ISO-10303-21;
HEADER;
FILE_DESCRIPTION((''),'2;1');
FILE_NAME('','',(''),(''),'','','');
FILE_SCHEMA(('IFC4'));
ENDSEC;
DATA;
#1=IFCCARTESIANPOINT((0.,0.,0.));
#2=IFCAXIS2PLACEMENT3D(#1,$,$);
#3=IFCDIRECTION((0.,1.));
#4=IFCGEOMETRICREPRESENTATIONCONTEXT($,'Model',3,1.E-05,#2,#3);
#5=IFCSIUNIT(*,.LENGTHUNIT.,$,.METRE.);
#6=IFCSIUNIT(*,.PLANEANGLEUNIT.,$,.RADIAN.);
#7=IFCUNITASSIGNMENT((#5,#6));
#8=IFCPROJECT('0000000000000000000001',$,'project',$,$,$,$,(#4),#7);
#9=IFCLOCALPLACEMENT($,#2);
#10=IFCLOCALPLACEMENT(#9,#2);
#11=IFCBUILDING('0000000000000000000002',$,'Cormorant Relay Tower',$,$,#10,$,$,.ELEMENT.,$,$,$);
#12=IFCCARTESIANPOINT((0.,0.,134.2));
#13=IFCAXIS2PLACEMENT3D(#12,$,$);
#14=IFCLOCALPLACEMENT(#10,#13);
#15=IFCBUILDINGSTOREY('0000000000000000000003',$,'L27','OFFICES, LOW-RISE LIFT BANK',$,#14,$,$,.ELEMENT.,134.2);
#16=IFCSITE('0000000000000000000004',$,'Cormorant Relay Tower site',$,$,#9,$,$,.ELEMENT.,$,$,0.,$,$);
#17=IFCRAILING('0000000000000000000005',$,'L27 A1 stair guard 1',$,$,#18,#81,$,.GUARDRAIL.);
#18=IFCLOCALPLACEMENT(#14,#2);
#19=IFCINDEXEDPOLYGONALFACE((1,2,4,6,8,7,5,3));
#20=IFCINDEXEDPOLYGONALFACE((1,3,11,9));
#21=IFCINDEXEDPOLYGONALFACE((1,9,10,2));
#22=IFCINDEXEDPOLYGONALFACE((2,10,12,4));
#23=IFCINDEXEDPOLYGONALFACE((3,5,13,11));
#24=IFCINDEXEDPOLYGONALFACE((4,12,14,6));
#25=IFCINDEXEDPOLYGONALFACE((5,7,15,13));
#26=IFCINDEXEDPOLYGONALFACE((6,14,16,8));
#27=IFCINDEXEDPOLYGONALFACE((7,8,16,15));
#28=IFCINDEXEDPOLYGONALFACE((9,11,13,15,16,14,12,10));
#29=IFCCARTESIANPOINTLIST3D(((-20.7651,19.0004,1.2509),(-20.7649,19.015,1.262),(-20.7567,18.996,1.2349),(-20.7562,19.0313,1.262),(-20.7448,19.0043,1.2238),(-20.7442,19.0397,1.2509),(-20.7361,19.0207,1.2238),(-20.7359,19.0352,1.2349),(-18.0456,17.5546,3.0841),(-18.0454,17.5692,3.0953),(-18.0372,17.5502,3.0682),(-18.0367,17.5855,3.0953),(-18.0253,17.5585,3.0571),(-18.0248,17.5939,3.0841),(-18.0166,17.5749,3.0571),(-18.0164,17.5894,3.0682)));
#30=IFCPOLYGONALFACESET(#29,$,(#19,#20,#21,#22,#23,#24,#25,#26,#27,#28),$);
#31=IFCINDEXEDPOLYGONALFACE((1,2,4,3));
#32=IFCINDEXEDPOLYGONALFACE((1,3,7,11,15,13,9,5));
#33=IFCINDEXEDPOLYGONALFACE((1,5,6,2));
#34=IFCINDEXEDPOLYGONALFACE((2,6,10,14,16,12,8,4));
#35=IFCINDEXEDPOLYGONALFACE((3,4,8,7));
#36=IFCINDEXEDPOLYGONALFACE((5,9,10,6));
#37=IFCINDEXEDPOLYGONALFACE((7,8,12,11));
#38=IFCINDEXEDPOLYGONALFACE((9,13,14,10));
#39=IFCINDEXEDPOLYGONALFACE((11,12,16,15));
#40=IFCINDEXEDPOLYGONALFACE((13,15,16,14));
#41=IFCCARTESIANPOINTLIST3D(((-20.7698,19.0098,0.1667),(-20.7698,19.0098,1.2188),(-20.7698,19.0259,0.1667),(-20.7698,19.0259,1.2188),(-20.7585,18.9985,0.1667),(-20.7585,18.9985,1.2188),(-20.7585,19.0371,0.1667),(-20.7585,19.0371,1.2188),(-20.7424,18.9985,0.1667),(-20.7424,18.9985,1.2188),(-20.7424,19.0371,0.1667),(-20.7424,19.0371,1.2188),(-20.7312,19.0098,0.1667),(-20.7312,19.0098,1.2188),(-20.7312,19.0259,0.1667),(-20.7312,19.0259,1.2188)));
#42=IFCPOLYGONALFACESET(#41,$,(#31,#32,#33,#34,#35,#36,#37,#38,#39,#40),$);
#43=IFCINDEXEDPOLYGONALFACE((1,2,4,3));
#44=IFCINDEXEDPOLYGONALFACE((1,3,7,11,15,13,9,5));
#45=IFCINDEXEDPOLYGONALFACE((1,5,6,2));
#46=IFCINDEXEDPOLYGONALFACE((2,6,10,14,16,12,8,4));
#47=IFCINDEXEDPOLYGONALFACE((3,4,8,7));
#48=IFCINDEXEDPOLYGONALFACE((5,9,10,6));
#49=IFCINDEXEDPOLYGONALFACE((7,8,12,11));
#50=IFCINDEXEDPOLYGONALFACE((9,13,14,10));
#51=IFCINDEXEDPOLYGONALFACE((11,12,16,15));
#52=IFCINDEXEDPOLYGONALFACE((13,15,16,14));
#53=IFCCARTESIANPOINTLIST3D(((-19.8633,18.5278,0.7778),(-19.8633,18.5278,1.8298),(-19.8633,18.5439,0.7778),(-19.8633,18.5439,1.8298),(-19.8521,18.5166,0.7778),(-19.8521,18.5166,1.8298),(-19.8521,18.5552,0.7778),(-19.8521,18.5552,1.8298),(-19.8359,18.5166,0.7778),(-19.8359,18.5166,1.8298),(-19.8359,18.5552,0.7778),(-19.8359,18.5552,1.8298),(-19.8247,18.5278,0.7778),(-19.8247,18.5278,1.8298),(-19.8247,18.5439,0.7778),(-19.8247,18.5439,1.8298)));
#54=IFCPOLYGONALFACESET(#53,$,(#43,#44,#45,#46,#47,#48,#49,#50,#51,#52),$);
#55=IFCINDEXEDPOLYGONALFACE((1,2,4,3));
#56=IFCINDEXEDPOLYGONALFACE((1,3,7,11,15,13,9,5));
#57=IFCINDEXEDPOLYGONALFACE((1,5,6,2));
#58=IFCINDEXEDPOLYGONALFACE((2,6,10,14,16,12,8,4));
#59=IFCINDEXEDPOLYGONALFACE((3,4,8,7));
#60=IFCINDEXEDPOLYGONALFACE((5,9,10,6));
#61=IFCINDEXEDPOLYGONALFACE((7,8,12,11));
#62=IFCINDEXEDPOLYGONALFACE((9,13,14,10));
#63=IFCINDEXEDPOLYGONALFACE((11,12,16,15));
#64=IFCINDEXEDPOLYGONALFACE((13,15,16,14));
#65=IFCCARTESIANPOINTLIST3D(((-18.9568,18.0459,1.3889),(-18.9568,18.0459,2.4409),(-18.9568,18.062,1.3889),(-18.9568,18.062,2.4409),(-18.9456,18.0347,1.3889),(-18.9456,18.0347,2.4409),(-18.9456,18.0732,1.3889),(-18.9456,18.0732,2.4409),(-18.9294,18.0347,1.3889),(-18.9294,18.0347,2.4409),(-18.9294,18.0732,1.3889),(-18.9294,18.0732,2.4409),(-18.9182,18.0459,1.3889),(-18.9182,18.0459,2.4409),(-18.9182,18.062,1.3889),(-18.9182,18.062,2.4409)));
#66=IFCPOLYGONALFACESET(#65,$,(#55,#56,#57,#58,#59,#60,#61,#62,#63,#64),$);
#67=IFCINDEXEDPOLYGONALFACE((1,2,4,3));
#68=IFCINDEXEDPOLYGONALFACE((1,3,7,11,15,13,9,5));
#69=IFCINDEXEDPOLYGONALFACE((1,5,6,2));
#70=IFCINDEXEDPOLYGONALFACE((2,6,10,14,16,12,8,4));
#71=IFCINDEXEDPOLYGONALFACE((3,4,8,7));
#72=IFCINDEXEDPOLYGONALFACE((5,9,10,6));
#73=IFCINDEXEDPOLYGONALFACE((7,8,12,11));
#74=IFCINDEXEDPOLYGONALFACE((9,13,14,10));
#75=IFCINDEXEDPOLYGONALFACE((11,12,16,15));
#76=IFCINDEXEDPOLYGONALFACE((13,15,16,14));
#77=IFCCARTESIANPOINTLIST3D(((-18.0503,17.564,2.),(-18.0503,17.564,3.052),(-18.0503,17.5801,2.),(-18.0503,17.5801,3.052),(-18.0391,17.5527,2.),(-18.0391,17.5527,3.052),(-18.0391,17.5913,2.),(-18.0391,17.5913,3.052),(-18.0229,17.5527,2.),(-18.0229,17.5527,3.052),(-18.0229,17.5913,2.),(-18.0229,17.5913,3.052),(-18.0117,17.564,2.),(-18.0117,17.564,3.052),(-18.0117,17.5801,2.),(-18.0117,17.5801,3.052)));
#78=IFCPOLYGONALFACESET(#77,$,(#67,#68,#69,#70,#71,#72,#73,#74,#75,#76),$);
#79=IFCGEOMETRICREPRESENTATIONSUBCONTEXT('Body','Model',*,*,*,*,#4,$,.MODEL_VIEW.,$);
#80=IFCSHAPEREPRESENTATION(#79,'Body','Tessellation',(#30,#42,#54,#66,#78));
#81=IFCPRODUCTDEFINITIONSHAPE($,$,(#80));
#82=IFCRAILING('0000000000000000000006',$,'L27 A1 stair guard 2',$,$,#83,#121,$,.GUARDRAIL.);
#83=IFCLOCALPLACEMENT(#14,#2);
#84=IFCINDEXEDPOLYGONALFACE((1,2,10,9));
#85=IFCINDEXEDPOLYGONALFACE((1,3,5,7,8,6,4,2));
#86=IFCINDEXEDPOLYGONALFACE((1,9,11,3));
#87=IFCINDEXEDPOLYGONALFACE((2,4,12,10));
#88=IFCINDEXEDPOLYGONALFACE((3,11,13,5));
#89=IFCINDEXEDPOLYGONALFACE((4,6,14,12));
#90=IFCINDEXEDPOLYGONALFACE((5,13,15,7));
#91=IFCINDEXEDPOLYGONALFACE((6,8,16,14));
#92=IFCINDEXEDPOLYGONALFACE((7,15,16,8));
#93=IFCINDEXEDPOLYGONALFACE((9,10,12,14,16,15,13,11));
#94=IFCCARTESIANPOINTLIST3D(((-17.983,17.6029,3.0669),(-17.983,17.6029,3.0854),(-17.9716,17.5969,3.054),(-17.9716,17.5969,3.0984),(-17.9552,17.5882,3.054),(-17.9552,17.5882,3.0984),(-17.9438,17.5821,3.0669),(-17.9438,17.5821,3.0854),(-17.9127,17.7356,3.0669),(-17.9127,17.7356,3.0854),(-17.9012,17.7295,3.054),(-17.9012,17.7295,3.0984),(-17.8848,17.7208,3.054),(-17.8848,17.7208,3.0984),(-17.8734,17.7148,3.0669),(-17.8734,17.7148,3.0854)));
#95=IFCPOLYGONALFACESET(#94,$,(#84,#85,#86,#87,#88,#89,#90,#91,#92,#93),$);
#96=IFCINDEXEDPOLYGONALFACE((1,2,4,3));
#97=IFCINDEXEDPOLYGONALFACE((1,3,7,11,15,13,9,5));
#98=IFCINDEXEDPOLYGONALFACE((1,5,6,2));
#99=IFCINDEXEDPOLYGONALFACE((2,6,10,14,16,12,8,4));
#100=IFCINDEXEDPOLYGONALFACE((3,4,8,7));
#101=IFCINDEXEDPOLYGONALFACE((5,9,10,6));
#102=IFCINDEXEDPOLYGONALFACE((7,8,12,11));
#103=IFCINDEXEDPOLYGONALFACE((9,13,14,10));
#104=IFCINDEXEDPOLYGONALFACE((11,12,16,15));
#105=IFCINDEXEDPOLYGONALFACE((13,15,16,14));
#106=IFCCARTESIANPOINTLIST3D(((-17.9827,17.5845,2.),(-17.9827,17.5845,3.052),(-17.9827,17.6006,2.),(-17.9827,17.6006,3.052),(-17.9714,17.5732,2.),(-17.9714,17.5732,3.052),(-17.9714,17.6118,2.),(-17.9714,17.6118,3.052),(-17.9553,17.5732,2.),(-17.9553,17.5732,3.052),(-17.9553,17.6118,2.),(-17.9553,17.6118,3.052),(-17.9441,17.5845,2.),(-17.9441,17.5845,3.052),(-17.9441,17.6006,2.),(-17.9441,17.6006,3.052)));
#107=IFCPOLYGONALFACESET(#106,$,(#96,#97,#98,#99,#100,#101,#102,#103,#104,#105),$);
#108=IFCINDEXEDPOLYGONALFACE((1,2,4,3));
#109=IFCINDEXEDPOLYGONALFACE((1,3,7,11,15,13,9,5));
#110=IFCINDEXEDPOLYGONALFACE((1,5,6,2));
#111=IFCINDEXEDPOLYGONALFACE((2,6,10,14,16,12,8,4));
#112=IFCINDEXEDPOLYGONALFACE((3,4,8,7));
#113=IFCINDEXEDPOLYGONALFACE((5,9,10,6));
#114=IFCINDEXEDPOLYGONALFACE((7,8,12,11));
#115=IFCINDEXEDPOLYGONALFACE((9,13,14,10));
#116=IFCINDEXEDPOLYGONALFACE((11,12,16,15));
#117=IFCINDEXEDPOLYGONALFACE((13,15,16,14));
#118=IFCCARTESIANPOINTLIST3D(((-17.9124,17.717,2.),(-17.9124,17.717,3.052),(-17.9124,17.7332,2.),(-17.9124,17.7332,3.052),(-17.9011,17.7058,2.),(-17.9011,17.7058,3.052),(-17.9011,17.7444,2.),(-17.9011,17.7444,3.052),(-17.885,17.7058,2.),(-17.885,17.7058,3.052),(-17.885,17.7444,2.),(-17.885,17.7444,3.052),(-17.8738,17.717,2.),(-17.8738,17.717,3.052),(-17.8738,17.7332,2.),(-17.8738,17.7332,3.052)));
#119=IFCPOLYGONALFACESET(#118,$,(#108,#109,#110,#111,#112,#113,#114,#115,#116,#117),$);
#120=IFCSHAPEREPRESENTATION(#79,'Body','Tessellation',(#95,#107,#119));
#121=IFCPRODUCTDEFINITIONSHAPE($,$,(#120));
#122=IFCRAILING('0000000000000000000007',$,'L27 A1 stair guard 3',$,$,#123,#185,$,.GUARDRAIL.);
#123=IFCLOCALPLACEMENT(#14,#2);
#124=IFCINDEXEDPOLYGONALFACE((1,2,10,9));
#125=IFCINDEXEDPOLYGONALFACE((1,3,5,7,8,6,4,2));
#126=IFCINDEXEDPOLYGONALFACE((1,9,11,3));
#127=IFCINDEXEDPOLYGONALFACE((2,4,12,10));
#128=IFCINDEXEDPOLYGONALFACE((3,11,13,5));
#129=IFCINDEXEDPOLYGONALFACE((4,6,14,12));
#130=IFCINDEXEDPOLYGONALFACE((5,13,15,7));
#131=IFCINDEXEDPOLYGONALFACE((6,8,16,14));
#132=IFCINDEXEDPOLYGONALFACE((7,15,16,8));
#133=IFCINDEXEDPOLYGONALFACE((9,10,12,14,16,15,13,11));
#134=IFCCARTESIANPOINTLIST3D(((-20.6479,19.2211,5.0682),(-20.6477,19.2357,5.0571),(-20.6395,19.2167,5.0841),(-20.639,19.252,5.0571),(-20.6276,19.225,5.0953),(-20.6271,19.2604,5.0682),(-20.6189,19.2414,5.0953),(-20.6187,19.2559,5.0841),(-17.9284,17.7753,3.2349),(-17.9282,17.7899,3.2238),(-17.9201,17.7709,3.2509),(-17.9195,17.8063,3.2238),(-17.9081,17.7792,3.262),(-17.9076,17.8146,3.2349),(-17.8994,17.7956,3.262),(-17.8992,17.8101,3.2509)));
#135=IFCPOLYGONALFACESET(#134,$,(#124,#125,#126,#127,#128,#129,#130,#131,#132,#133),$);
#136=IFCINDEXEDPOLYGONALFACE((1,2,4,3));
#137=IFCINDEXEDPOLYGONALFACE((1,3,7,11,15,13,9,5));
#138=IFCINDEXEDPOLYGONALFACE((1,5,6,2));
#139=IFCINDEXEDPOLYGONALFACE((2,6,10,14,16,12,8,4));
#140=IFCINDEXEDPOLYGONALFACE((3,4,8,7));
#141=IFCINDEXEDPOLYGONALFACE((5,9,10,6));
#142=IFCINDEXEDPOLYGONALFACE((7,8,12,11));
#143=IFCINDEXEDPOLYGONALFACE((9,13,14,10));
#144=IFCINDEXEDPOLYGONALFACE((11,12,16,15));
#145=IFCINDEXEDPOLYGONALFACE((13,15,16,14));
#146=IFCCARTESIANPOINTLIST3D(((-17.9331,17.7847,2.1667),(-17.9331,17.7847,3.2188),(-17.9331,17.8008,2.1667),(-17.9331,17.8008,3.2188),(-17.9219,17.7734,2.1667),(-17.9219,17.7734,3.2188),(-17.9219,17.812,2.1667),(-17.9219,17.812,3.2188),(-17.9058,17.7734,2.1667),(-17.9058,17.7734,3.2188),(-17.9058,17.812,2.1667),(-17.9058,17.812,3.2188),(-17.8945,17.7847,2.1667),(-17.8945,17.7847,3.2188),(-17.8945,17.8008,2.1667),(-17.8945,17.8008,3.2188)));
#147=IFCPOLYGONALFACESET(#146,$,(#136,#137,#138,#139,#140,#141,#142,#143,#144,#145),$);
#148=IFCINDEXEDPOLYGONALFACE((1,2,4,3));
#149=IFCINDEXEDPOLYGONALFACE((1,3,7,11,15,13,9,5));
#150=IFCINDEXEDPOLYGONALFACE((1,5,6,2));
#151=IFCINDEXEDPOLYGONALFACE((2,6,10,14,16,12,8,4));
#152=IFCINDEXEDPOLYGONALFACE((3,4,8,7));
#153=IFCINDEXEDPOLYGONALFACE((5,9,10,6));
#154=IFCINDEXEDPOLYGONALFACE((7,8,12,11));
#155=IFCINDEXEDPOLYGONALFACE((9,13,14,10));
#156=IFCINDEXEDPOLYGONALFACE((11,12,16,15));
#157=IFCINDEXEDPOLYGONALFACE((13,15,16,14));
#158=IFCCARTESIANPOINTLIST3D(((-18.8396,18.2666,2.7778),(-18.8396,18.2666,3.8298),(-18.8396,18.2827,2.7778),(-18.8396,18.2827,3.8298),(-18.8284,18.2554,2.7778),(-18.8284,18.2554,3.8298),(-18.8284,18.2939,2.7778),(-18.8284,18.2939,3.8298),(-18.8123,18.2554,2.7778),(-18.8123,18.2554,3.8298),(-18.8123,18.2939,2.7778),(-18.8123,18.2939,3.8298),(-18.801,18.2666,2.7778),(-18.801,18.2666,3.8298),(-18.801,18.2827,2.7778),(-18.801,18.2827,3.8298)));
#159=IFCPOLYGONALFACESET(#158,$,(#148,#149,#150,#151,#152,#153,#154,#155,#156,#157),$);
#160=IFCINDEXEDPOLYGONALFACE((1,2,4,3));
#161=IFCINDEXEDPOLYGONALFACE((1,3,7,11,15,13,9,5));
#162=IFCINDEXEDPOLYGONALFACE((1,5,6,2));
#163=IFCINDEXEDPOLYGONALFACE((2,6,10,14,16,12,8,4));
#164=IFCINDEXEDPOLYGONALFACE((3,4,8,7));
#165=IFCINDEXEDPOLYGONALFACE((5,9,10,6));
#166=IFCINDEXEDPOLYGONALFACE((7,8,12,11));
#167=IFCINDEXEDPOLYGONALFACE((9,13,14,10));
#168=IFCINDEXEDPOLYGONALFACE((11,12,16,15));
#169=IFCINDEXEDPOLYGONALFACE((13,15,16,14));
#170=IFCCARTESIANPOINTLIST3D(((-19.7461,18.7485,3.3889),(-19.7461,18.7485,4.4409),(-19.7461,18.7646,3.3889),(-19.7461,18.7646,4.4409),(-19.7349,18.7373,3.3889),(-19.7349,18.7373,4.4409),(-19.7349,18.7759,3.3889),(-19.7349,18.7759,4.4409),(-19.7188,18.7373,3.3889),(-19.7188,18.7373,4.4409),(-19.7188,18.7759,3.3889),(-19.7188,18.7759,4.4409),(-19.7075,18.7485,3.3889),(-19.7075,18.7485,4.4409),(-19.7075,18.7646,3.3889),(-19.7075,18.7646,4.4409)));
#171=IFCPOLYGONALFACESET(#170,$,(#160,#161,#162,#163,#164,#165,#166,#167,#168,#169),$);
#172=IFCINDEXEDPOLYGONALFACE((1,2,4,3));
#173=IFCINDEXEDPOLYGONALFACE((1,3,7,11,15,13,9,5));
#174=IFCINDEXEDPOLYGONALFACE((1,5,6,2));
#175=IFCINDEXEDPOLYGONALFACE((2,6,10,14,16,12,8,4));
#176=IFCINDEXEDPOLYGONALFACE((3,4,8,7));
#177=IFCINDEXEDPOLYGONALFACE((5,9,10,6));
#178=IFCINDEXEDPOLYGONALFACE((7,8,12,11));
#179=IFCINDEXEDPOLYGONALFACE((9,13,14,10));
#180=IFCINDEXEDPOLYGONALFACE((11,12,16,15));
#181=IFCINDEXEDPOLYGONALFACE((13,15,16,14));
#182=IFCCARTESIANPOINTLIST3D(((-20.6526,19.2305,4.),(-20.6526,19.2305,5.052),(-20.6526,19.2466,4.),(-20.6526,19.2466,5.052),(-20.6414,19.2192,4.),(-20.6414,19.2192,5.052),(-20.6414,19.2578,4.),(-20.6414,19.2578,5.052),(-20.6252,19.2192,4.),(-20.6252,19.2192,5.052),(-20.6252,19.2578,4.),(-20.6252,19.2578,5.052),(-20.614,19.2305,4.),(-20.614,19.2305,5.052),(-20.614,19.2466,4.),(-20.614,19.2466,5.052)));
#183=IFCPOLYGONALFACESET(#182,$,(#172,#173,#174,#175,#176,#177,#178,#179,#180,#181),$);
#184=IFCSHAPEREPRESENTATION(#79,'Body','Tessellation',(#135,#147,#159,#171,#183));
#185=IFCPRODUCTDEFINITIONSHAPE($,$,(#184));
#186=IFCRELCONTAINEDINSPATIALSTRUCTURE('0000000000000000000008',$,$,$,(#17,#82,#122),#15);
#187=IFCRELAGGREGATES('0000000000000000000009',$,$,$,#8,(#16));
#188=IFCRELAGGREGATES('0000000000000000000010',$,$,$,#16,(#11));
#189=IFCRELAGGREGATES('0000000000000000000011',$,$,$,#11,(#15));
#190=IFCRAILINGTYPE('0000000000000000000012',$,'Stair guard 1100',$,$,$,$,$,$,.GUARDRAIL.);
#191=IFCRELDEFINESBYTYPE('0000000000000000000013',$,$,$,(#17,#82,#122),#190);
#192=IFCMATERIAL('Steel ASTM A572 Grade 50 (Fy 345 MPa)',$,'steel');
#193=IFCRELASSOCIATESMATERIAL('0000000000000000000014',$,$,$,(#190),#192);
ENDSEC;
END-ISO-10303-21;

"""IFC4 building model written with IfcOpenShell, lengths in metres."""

from ifc_helpers import new_model, si_unit, direction, frame, origin, place, context, subcontext, project, spatial, polyline, outline, extrude, material, type_object, element, save


model = new_model("IFC4")

# Units and contexts
model_context = context("Model", 3, precision=1e-05, world=origin(), true_north=direction((0.0, 1.0)))
body_context = subcontext(model_context, "Body", "Model", "MODEL_VIEW")
ifc_project = project(units=[si_unit("LENGTHUNIT", "METRE"), si_unit("PLANEANGLEUNIT", "RADIAN")], contexts=[model_context])

# Site, building, storey
site_placement = place(None, origin())
site = spatial("IfcSite", under=ifc_project, at=site_placement, Name="Cormorant Relay Tower site", CompositionType="ELEMENT", RefElevation=0.0)
building_placement = place(site_placement, origin())
building = spatial("IfcBuilding", under=site, at=building_placement, Name="Cormorant Relay Tower", CompositionType="ELEMENT")
storey_placement = place(building_placement, frame((0.0, 0.0, 134.2)))
storey = spatial("IfcBuildingStorey", under=building, at=storey_placement, Name="L27", Description="OFFICES, LOW-RISE LIFT BANK", CompositionType="ELEMENT", Elevation=134.2)

# Railings
ifc_material_1 = material(Name="Steel ASTM A572 Grade 50 (Fy 345 MPa)", Category="steel")
railing_type_1 = type_object("IfcRailingType", Name="Stair guard 1100", PredefinedType="GUARDRAIL", material=ifc_material_1)
railing_1_placement = place(storey_placement, frame((-20.7505, 19.0178, 0.1667)))
element("IfcRailing", 1, at=railing_1_placement, inside=storey, type_object=railing_type_1, Name="L27 A1 stair guard 1", PredefinedType="GUARDRAIL", context=body_context, shape_type="SweptSolid", body=[
    extrude(outline(polyline([(0.0222, 0.0093), (0.0093, 0.0222), (-0.0093, 0.0222), (-0.0222, 0.0093), (-0.0222, -0.0093), (-0.0093, -0.0222), (0.0093, -0.0222), (0.0222, -0.0093), (0.0222, 0.0093)])), frame((0.0, 0.0, 1.0762), z_axis=(0.758735, -0.403378, 0.511477), x_axis=(0.469428, 0.882971, 0.0)), (0.0, 0.0, 1.0), 3.5842),
    extrude(outline(polyline([(0.0193, 0.0081), (0.0081, 0.0193), (-0.0081, 0.0193), (-0.0193, 0.0081), (-0.0193, -0.0081), (-0.0081, -0.0193), (0.0081, -0.0193), (0.0193, -0.0081), (0.0193, 0.0081)])), origin(), (0.0, 0.0, 1.0), 1.052),
    extrude(outline(polyline([(0.0193, 0.0081), (0.0081, 0.0193), (-0.0081, 0.0193), (-0.0193, 0.0081), (-0.0193, -0.0081), (-0.0081, -0.0193), (0.0081, -0.0193), (0.0193, -0.0081), (0.0193, 0.0081)])), frame((0.9065, -0.4819, 0.6111)), (0.0, 0.0, 1.0), 1.052),
    extrude(outline(polyline([(0.0193, 0.0081), (0.0081, 0.0193), (-0.0081, 0.0193), (-0.0193, 0.0081), (-0.0193, -0.0081), (-0.0081, -0.0193), (0.0081, -0.0193), (0.0193, -0.0081), (0.0193, 0.0081)])), frame((1.813, -0.9639, 1.2222)), (0.0, 0.0, 1.0), 1.052),
    extrude(outline(polyline([(0.0193, 0.0081), (0.0081, 0.0193), (-0.0081, 0.0193), (-0.0193, 0.0081), (-0.0193, -0.0081), (-0.0081, -0.0193), (0.0081, -0.0193), (0.0193, -0.0081), (0.0193, 0.0081)])), frame((2.7195, -1.4458, 1.8333)), (0.0, 0.0, 1.0), 1.052),
])
railing_2_placement = place(storey_placement, frame((-17.9634, 17.5925, 2.0)))
element("IfcRailing", 2, at=railing_2_placement, inside=storey, type_object=railing_type_1, Name="L27 A1 stair guard 2", PredefinedType="GUARDRAIL", context=body_context, shape_type="SweptSolid", body=[
    extrude(outline(polyline([(0.0222, 0.0093), (0.0093, 0.0222), (-0.0093, 0.0222), (-0.0222, 0.0093), (-0.0222, -0.0093), (-0.0093, -0.0222), (0.0093, -0.0222), (0.0222, -0.0093), (0.0222, 0.0093)])), frame((0.0, 0.0, 1.0762), z_axis=(0.46856, 0.883431, 0.0), x_axis=(-0.883431, 0.46856, 0.0)), (0.0, 0.0, 1.0), 0.1501),
    extrude(outline(polyline([(0.0193, 0.0081), (0.0081, 0.0193), (-0.0081, 0.0193), (-0.0193, 0.0081), (-0.0193, -0.0081), (-0.0081, -0.0193), (0.0081, -0.0193), (0.0193, -0.0081), (0.0193, 0.0081)])), origin(), (0.0, 0.0, 1.0), 1.052),
    extrude(outline(polyline([(0.0193, 0.0081), (0.0081, 0.0193), (-0.0081, 0.0193), (-0.0193, 0.0081), (-0.0193, -0.0081), (-0.0081, -0.0193), (0.0081, -0.0193), (0.0193, -0.0081), (0.0193, 0.0081)])), frame((0.0703, 0.1326, 0.0)), (0.0, 0.0, 1.0), 1.052),
])
railing_3_placement = place(storey_placement, frame((-17.9138, 17.7927, 2.1667)))
element("IfcRailing", 3, at=railing_3_placement, inside=storey, type_object=railing_type_1, Name="L27 A1 stair guard 3", PredefinedType="GUARDRAIL", context=body_context, shape_type="SweptSolid", body=[
    extrude(outline(polyline([(0.0222, 0.0093), (0.0093, 0.0222), (-0.0093, 0.0222), (-0.0222, 0.0093), (-0.0222, -0.0093), (-0.0093, -0.0222), (0.0093, -0.0222), (0.0222, -0.0093), (0.0222, 0.0093)])), frame((0.0, 0.0, 1.0762), z_axis=(-0.758735, 0.403378, 0.511477), x_axis=(-0.469428, -0.882971, 0.0)), (0.0, 0.0, 1.0), 3.5842),
    extrude(outline(polyline([(0.0193, 0.0081), (0.0081, 0.0193), (-0.0081, 0.0193), (-0.0193, 0.0081), (-0.0193, -0.0081), (-0.0081, -0.0193), (0.0081, -0.0193), (0.0193, -0.0081), (0.0193, 0.0081)])), origin(), (0.0, 0.0, 1.0), 1.052),
    extrude(outline(polyline([(0.0193, 0.0081), (0.0081, 0.0193), (-0.0081, 0.0193), (-0.0193, 0.0081), (-0.0193, -0.0081), (-0.0081, -0.0193), (0.0081, -0.0193), (0.0193, -0.0081), (0.0193, 0.0081)])), frame((-0.9065, 0.4819, 0.6111)), (0.0, 0.0, 1.0), 1.052),
    extrude(outline(polyline([(0.0193, 0.0081), (0.0081, 0.0193), (-0.0081, 0.0193), (-0.0193, 0.0081), (-0.0193, -0.0081), (-0.0081, -0.0193), (0.0081, -0.0193), (0.0193, -0.0081), (0.0193, 0.0081)])), frame((-1.813, 0.9639, 1.2222)), (0.0, 0.0, 1.0), 1.052),
    extrude(outline(polyline([(0.0193, 0.0081), (0.0081, 0.0193), (-0.0081, 0.0193), (-0.0193, 0.0081), (-0.0193, -0.0081), (-0.0081, -0.0193), (0.0081, -0.0193), (0.0193, -0.0081), (0.0193, 0.0081)])), frame((-2.7195, 1.4458, 1.8333)), (0.0, 0.0, 1.0), 1.052),
])

save(model, "model.ifc")
